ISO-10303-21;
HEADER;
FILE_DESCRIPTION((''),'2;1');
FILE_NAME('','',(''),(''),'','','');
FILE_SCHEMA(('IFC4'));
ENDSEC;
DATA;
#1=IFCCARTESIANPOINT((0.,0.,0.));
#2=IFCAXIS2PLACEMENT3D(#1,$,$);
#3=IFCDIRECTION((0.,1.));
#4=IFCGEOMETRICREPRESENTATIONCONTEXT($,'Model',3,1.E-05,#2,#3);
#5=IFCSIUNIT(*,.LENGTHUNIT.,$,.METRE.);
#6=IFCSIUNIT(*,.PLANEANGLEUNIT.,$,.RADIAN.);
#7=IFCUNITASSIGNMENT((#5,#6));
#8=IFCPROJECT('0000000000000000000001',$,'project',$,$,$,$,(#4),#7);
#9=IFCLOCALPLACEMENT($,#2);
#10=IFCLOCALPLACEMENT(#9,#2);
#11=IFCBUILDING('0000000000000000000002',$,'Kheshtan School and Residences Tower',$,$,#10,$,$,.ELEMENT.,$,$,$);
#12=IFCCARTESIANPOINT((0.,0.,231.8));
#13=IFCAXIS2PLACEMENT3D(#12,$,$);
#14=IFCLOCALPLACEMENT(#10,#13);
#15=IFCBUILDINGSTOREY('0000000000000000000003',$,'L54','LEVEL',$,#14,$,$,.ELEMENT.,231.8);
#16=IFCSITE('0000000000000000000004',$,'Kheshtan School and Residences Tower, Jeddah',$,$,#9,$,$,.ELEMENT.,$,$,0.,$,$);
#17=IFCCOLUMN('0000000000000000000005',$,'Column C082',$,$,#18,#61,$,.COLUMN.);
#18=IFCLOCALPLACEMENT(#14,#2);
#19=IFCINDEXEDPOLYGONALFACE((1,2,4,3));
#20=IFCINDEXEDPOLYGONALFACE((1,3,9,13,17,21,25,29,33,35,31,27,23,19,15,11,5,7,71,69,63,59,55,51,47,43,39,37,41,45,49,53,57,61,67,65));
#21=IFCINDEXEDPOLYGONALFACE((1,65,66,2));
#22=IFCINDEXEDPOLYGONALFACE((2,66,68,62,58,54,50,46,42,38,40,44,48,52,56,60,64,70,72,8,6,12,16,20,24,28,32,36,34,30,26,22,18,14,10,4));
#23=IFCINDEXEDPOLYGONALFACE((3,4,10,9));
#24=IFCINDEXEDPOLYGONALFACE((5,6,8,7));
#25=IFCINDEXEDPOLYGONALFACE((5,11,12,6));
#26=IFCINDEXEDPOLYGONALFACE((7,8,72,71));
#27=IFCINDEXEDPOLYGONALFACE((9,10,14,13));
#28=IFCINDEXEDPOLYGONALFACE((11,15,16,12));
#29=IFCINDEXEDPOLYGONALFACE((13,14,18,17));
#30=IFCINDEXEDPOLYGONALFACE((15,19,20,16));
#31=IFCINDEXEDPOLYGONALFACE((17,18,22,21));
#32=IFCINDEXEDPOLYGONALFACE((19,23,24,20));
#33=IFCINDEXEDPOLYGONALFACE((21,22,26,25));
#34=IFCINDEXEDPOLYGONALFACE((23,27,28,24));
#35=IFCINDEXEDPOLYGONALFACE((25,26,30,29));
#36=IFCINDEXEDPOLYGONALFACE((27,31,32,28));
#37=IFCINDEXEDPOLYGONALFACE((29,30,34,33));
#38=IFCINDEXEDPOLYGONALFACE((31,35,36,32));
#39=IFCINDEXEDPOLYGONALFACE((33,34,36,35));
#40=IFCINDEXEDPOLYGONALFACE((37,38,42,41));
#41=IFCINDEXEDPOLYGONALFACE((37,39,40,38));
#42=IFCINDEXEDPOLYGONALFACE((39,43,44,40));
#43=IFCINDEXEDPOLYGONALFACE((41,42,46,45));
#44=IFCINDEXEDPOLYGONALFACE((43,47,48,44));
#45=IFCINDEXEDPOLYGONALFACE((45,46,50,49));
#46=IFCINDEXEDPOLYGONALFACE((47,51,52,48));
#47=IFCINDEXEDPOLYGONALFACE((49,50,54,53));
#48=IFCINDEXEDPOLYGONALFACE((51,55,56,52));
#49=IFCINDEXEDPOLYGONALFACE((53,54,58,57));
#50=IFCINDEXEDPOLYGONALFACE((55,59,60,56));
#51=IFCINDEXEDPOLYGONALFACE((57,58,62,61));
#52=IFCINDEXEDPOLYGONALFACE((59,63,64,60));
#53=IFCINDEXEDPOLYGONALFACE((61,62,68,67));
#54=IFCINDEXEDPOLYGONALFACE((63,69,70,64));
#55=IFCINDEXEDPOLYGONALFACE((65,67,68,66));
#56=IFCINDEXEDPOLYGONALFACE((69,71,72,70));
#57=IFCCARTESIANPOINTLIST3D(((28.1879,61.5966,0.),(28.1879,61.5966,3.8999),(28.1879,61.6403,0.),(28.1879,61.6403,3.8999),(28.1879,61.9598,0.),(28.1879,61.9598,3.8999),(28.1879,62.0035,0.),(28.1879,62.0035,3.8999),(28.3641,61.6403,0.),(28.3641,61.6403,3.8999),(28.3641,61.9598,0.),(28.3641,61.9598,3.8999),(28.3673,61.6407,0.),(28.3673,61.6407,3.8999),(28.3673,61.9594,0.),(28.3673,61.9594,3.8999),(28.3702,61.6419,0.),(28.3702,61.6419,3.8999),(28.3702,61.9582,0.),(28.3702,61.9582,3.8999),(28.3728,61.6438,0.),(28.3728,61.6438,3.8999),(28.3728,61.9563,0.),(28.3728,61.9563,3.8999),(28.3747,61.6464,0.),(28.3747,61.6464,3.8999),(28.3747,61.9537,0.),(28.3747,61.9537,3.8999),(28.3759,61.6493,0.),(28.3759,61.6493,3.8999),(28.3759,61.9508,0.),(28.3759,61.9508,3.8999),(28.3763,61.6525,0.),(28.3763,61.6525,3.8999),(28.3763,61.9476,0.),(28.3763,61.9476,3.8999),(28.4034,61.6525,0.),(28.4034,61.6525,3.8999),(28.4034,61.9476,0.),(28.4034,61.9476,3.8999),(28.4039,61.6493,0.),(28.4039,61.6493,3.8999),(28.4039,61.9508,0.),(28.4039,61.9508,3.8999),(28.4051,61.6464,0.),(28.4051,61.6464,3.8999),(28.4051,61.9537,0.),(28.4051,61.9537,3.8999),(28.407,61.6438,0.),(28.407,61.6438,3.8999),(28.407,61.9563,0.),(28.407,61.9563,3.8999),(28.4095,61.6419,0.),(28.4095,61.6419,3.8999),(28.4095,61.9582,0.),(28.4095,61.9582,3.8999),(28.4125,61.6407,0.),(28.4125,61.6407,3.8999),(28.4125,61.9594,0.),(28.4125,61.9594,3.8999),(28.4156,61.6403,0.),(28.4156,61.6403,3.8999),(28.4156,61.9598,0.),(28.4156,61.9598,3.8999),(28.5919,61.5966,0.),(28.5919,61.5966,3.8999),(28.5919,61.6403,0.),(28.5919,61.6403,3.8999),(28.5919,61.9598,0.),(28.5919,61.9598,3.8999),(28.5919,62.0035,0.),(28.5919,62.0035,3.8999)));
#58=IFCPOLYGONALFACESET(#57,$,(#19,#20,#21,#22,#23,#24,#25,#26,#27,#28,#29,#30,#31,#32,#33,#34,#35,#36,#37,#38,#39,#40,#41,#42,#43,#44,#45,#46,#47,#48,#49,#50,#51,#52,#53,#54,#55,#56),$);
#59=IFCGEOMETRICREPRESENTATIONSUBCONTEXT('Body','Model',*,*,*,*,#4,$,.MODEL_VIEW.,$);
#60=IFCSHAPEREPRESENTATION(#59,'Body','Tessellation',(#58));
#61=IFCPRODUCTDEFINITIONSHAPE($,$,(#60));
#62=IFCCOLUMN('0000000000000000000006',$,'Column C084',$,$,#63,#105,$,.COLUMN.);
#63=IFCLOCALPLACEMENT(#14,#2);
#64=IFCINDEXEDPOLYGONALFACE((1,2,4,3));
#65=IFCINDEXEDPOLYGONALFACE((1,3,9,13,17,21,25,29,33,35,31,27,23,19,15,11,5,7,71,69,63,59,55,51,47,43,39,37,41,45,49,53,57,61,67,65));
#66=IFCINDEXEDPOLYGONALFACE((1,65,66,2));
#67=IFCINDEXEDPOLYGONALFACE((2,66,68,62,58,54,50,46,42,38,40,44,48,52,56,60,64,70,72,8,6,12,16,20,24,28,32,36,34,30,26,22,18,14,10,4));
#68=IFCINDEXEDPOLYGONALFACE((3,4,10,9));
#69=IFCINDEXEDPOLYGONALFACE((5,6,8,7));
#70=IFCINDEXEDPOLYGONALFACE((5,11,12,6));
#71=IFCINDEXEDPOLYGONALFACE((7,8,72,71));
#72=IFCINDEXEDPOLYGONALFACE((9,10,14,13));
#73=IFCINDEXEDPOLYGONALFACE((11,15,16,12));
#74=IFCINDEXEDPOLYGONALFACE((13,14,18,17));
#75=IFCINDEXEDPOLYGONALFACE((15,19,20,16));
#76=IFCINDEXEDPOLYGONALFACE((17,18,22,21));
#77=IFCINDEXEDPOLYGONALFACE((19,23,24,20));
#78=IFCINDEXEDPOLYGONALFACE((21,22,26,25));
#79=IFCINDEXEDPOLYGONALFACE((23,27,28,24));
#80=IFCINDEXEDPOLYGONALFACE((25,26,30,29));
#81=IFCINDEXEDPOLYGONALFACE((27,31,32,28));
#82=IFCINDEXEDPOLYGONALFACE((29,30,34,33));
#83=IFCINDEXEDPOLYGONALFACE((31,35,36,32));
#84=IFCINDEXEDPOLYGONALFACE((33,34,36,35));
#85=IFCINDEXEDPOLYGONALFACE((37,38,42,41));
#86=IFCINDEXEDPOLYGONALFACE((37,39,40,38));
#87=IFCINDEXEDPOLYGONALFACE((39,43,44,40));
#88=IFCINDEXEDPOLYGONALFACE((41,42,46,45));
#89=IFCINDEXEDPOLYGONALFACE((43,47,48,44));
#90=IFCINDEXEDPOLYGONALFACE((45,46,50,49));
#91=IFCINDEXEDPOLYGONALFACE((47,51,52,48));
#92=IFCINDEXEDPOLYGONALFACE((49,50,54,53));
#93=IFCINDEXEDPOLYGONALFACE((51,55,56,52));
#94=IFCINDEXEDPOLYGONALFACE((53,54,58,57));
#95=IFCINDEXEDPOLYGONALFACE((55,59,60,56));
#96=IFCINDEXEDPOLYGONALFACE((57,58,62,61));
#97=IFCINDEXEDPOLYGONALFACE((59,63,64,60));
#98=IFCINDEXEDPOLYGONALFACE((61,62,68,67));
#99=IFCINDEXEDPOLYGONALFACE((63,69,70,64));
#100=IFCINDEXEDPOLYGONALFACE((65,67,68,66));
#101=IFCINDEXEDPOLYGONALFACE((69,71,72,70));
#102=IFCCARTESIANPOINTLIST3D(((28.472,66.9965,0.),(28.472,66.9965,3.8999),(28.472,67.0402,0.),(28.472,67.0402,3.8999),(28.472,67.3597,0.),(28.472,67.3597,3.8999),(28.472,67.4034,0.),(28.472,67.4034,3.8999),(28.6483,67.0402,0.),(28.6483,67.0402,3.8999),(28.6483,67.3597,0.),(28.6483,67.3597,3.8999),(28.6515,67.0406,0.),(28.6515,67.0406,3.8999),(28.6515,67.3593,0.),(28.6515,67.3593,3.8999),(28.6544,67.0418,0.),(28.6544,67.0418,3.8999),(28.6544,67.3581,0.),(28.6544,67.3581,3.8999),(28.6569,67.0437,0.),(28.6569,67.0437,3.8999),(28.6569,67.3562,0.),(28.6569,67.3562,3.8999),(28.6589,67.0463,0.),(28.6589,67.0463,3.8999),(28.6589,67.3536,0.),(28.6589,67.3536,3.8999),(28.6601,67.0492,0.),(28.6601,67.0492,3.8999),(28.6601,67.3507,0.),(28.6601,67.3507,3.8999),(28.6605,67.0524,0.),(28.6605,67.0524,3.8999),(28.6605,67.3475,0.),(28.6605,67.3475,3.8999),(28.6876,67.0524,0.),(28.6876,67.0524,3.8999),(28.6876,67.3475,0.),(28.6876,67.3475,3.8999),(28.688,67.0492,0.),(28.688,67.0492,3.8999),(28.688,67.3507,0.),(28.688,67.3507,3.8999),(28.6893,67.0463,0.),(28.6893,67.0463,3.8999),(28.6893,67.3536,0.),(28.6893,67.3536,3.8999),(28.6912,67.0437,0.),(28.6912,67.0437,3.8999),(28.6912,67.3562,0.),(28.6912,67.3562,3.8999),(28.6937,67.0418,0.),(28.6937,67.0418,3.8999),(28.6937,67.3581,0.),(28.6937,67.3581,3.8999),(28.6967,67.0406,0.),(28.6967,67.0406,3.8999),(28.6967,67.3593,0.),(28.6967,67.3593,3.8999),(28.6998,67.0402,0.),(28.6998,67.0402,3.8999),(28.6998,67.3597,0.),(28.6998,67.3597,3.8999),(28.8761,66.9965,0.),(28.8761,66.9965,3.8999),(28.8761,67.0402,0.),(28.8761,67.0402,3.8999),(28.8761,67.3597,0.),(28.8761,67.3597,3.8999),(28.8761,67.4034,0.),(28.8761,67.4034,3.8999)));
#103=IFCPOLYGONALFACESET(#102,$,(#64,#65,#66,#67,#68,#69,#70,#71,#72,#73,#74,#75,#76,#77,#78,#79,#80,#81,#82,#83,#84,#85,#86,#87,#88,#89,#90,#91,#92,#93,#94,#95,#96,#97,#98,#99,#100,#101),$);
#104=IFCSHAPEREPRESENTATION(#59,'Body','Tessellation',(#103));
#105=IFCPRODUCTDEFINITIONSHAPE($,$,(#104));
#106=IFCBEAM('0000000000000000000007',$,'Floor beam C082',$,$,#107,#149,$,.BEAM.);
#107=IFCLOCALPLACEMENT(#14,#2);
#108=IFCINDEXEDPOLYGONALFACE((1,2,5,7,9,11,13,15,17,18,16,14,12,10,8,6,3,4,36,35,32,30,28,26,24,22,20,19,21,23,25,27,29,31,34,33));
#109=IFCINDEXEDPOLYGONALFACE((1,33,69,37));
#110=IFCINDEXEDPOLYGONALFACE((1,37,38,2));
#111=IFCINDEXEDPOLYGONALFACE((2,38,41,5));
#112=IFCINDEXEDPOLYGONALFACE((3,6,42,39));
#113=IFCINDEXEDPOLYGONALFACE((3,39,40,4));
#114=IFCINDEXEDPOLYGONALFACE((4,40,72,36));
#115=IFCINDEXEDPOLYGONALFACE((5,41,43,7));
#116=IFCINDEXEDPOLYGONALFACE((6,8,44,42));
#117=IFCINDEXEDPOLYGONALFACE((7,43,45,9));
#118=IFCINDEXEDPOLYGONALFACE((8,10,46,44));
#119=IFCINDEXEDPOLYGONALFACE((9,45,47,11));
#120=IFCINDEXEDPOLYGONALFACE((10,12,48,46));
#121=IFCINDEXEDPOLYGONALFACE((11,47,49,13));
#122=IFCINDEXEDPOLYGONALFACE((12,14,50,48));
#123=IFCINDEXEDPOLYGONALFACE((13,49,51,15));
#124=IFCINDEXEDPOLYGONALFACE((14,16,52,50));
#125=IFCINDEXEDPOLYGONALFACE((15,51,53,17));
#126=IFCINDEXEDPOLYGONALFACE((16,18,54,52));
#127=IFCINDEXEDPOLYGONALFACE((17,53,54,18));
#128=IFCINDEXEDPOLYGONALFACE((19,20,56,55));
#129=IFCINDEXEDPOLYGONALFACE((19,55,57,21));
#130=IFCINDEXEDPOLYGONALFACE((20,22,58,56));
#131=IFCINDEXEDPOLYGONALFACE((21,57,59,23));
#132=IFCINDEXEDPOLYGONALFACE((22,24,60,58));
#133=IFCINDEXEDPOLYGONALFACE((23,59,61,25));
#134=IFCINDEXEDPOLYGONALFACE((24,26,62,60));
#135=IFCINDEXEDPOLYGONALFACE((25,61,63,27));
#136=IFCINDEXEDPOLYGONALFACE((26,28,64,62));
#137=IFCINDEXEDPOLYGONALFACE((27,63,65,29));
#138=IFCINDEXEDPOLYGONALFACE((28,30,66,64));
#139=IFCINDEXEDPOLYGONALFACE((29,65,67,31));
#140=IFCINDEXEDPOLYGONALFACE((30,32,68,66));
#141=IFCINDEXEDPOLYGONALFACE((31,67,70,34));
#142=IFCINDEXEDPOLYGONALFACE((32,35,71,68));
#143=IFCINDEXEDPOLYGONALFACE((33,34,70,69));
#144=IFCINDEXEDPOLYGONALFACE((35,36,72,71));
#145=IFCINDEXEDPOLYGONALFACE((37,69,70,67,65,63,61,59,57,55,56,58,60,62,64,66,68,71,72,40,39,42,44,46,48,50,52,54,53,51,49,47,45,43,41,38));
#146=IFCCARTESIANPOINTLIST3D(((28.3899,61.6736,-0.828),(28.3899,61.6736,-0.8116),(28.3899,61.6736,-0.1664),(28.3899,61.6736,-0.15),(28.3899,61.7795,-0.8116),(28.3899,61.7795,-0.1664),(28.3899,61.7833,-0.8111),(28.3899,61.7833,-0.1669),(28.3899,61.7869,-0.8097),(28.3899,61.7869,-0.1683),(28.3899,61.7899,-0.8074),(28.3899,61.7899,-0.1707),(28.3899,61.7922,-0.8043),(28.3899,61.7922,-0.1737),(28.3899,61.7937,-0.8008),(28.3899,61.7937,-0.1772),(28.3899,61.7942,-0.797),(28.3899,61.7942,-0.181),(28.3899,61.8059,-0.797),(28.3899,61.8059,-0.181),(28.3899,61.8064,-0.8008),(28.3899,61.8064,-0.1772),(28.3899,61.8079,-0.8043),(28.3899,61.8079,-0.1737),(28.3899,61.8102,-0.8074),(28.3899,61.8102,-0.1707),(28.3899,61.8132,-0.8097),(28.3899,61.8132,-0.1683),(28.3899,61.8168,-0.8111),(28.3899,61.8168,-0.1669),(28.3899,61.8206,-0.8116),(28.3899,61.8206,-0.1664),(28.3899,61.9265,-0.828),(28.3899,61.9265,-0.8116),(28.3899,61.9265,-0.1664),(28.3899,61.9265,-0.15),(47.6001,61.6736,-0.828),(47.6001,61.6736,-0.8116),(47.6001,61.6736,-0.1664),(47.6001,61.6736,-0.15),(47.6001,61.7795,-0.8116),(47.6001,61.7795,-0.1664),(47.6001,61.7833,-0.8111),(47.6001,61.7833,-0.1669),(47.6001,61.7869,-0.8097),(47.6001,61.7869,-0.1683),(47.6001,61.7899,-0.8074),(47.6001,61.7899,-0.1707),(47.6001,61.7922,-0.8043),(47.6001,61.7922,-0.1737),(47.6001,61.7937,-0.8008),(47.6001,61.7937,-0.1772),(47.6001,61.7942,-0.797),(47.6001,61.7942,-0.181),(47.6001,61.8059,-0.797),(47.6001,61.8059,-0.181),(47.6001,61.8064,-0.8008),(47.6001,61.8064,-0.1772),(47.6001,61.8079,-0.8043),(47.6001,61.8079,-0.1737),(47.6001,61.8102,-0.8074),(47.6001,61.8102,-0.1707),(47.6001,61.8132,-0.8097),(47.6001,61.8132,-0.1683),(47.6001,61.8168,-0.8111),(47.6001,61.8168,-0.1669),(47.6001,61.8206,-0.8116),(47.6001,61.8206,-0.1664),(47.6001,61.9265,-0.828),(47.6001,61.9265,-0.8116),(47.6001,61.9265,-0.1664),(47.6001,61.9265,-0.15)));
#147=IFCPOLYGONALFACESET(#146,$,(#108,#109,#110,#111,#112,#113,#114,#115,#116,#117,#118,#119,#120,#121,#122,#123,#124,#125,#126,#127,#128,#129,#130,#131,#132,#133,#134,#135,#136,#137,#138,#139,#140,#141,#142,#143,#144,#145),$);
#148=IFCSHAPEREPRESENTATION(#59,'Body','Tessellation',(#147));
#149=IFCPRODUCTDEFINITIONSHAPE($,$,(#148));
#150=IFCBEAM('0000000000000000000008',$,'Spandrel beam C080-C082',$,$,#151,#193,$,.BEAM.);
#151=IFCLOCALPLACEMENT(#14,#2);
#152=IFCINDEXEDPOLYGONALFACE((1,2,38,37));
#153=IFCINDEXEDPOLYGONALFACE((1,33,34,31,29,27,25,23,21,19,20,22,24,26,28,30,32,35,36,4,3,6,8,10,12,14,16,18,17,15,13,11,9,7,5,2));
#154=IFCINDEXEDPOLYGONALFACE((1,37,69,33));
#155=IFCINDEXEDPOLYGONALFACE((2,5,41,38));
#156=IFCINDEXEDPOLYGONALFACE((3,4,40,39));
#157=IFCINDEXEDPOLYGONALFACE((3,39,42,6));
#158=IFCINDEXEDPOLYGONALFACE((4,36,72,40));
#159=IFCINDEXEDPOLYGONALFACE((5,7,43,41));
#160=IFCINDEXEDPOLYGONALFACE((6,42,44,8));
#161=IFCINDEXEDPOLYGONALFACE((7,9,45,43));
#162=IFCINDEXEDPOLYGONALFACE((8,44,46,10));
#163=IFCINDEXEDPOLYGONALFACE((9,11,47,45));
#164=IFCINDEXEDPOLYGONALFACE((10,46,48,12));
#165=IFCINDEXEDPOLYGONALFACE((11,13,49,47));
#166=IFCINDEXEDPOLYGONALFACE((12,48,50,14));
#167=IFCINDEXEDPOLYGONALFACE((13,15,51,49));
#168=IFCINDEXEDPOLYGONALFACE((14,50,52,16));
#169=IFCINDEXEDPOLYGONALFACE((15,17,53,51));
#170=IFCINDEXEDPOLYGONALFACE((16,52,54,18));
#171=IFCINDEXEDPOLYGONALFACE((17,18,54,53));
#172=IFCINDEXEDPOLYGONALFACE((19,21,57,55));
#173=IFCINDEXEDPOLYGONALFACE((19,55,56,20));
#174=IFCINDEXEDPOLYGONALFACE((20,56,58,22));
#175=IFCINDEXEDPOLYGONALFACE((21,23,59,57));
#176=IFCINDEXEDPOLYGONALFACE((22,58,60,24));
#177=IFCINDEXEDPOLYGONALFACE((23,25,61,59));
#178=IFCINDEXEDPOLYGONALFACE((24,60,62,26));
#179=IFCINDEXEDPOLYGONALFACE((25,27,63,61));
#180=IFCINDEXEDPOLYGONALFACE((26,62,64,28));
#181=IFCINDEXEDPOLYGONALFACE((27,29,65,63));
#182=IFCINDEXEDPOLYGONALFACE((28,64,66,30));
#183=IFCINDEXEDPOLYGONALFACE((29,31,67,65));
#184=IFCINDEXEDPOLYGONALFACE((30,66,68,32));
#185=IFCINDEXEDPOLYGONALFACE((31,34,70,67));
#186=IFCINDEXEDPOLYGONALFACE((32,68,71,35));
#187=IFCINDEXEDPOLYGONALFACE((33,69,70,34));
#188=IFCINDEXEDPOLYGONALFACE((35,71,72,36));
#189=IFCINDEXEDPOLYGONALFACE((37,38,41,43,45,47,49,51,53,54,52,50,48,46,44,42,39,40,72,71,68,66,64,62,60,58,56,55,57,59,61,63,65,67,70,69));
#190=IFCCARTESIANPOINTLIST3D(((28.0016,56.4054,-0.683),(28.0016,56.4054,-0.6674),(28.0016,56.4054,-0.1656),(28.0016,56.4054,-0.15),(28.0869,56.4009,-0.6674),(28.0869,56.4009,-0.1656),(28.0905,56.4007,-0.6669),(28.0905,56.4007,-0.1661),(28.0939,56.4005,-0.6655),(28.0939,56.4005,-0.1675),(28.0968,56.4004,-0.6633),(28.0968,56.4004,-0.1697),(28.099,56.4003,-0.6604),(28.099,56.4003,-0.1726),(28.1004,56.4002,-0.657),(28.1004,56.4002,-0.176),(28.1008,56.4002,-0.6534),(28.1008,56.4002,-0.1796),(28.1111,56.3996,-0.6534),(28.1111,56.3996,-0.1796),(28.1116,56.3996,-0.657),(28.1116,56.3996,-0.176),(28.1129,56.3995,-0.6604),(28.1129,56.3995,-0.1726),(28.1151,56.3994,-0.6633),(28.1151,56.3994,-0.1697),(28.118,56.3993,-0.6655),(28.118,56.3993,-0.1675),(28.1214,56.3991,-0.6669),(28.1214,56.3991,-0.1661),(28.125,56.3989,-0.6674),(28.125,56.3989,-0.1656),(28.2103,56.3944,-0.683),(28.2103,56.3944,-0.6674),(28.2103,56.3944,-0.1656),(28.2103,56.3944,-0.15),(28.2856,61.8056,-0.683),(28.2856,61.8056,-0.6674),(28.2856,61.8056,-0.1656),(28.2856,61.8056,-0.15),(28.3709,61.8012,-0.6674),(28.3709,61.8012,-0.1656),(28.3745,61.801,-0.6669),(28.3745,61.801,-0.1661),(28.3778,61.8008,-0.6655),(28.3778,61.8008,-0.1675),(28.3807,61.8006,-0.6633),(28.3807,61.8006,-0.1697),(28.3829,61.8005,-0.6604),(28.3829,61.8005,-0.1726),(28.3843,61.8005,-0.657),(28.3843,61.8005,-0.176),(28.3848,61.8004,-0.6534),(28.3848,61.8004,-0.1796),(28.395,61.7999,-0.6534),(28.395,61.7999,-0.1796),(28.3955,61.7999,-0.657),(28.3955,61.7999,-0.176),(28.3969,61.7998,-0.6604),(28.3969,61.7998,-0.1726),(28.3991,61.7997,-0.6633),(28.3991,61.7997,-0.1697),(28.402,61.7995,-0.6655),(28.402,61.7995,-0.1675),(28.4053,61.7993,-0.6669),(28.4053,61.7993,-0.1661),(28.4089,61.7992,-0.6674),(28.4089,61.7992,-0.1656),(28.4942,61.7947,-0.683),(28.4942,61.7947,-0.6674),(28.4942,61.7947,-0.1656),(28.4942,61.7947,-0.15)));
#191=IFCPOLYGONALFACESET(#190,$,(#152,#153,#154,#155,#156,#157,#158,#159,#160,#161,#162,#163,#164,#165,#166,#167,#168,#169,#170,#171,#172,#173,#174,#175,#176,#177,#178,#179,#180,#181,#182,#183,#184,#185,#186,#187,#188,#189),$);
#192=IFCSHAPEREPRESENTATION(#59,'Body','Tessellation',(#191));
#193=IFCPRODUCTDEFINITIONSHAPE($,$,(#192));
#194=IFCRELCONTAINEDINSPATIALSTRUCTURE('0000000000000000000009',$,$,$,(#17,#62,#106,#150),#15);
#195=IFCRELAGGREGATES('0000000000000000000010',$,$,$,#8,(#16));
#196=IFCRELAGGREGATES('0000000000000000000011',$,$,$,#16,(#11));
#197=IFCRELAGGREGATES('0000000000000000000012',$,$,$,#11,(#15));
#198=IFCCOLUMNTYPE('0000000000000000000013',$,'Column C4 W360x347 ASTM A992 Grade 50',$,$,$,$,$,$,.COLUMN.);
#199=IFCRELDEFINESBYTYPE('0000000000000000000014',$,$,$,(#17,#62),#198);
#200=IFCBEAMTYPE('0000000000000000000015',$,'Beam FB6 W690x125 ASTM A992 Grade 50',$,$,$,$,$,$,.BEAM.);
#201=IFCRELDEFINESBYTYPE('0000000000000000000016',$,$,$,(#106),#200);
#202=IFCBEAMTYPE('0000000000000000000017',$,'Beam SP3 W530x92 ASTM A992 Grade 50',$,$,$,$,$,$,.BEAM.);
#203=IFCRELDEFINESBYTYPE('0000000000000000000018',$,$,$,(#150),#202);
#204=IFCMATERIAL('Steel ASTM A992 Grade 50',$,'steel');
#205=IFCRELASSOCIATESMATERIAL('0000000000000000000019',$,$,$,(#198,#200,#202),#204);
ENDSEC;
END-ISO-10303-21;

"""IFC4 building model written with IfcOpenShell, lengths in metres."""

from ifc_helpers import new_model, si_unit, direction, frame, origin, origin_2d, place, context, subcontext, project, spatial, i_section, extrude, material, material_profile, profile_set, type_object, element, save


model = new_model("IFC4")

# Units and contexts
model_context = context("Model", 3, precision=1e-05, world=origin(), true_north=direction((0.0, 1.0)))
body_context = subcontext(model_context, "Body", "Model", "MODEL_VIEW")
ifc_project = project(units=[si_unit("LENGTHUNIT", "METRE"), si_unit("PLANEANGLEUNIT", "RADIAN")], contexts=[model_context])

# Site, building, storey
site_placement = place(None, origin())
site = spatial("IfcSite", under=ifc_project, at=site_placement, Name="Kheshtan School and Residences Tower, Jeddah", CompositionType="ELEMENT", RefElevation=0.0)
building_placement = place(site_placement, origin())
building = spatial("IfcBuilding", under=site, at=building_placement, Name="Kheshtan School and Residences Tower", CompositionType="ELEMENT")
storey_placement = place(building_placement, frame((0.0, 0.0, 231.8)))
storey = spatial("IfcBuildingStorey", under=building, at=storey_placement, Name="L54", Description="LEVEL", CompositionType="ELEMENT", Elevation=231.8)

# Columns
ifc_material_1 = material(Name="Steel ASTM A992 Grade 50", Category="steel")
ifc_material_profile_1 = material_profile(ifc_material_1, i_section(OverallWidth=0.4041, OverallDepth=0.407, WebThickness=0.0271, FlangeThickness=0.0437, FilletRadius=0.0122, at=origin_2d()), Name="W360x347")
ifc_profile_set_1 = profile_set([ifc_material_profile_1], Name="Steel ASTM A992 Grade 50")
column_type = type_object("IfcColumnType", Name="Column C4 W360x347 ASTM A992 Grade 50", PredefinedType="COLUMN", material=ifc_profile_set_1)
for number, where, z_axis, x_axis, name in (
    (1, (28.3899, 61.8, 0.0), (0.0, 0.0, 1.0), (1.0, 0.0, 0.0), "Column C082"),
    (2, (28.6741, 67.2, 0.0), (0.0, 0.0, 1.0), (1.0, 0.0, 0.0), "Column C084"),
):
    element("IfcColumn", number, at=place(storey_placement, frame(where, z_axis=z_axis, x_axis=x_axis)), inside=storey, type_object=column_type, Name=name, PredefinedType="COLUMN", context=body_context, shape_type="SweptSolid", body=[
        extrude(i_section(OverallWidth=0.4041, OverallDepth=0.407, WebThickness=0.0271, FlangeThickness=0.0437, FilletRadius=0.0122, at=origin_2d()), origin(), (0.0, 0.0, 1.0), 3.8999),
    ])

# Beams
ifc_material_profile_2 = material_profile(ifc_material_1, i_section(OverallWidth=0.2529, OverallDepth=0.678, WebThickness=0.0117, FlangeThickness=0.0164, FilletRadius=0.0146, at=origin_2d()), Name="W690x125")
ifc_profile_set_2 = profile_set([ifc_material_profile_2], Name="Steel ASTM A992 Grade 50")
beam_type_1 = type_object("IfcBeamType", Name="Beam FB6 W690x125 ASTM A992 Grade 50", PredefinedType="BEAM", material=ifc_profile_set_2)
beam_1_placement = place(storey_placement, frame((28.3899, 61.8, -0.489), z_axis=(1.0, 0.0, 0.0), x_axis=(0.0, 1.0, 0.0)))
element("IfcBeam", 3, at=beam_1_placement, inside=storey, type_object=beam_type_1, Name="Floor beam C082", PredefinedType="BEAM", context=body_context, shape_type="SweptSolid", body=[
    extrude(i_section(OverallWidth=0.2529, OverallDepth=0.678, WebThickness=0.0117, FlangeThickness=0.0164, FilletRadius=0.0146, at=origin_2d()), origin(), (0.0, 0.0, 1.0), 19.2102),
])
ifc_material_profile_3 = material_profile(ifc_material_1, i_section(OverallWidth=0.209, OverallDepth=0.533, WebThickness=0.0103, FlangeThickness=0.0156, FilletRadius=0.0139, at=origin_2d()), Name="W530x92")
ifc_profile_set_3 = profile_set([ifc_material_profile_3], Name="Steel ASTM A992 Grade 50")
beam_type_2 = type_object("IfcBeamType", Name="Beam SP3 W530x92 ASTM A992 Grade 50", PredefinedType="BEAM", material=ifc_profile_set_3)
beam_2_placement = place(storey_placement, frame((28.106, 56.3999, -0.4165), z_axis=(0.052507, 0.998621, 0.0), x_axis=(-0.998621, 0.052507, 0.0)))
element("IfcBeam", 4, at=beam_2_placement, inside=storey, type_object=beam_type_2, Name="Spandrel beam C080-C082", PredefinedType="BEAM", context=body_context, shape_type="SweptSolid", body=[
    extrude(i_section(OverallWidth=0.209, OverallDepth=0.533, WebThickness=0.0103, FlangeThickness=0.0156, FilletRadius=0.0139, at=origin_2d()), origin(), (0.0, 0.0, 1.0), 5.4077),
])

save(model, "model.ifc")
